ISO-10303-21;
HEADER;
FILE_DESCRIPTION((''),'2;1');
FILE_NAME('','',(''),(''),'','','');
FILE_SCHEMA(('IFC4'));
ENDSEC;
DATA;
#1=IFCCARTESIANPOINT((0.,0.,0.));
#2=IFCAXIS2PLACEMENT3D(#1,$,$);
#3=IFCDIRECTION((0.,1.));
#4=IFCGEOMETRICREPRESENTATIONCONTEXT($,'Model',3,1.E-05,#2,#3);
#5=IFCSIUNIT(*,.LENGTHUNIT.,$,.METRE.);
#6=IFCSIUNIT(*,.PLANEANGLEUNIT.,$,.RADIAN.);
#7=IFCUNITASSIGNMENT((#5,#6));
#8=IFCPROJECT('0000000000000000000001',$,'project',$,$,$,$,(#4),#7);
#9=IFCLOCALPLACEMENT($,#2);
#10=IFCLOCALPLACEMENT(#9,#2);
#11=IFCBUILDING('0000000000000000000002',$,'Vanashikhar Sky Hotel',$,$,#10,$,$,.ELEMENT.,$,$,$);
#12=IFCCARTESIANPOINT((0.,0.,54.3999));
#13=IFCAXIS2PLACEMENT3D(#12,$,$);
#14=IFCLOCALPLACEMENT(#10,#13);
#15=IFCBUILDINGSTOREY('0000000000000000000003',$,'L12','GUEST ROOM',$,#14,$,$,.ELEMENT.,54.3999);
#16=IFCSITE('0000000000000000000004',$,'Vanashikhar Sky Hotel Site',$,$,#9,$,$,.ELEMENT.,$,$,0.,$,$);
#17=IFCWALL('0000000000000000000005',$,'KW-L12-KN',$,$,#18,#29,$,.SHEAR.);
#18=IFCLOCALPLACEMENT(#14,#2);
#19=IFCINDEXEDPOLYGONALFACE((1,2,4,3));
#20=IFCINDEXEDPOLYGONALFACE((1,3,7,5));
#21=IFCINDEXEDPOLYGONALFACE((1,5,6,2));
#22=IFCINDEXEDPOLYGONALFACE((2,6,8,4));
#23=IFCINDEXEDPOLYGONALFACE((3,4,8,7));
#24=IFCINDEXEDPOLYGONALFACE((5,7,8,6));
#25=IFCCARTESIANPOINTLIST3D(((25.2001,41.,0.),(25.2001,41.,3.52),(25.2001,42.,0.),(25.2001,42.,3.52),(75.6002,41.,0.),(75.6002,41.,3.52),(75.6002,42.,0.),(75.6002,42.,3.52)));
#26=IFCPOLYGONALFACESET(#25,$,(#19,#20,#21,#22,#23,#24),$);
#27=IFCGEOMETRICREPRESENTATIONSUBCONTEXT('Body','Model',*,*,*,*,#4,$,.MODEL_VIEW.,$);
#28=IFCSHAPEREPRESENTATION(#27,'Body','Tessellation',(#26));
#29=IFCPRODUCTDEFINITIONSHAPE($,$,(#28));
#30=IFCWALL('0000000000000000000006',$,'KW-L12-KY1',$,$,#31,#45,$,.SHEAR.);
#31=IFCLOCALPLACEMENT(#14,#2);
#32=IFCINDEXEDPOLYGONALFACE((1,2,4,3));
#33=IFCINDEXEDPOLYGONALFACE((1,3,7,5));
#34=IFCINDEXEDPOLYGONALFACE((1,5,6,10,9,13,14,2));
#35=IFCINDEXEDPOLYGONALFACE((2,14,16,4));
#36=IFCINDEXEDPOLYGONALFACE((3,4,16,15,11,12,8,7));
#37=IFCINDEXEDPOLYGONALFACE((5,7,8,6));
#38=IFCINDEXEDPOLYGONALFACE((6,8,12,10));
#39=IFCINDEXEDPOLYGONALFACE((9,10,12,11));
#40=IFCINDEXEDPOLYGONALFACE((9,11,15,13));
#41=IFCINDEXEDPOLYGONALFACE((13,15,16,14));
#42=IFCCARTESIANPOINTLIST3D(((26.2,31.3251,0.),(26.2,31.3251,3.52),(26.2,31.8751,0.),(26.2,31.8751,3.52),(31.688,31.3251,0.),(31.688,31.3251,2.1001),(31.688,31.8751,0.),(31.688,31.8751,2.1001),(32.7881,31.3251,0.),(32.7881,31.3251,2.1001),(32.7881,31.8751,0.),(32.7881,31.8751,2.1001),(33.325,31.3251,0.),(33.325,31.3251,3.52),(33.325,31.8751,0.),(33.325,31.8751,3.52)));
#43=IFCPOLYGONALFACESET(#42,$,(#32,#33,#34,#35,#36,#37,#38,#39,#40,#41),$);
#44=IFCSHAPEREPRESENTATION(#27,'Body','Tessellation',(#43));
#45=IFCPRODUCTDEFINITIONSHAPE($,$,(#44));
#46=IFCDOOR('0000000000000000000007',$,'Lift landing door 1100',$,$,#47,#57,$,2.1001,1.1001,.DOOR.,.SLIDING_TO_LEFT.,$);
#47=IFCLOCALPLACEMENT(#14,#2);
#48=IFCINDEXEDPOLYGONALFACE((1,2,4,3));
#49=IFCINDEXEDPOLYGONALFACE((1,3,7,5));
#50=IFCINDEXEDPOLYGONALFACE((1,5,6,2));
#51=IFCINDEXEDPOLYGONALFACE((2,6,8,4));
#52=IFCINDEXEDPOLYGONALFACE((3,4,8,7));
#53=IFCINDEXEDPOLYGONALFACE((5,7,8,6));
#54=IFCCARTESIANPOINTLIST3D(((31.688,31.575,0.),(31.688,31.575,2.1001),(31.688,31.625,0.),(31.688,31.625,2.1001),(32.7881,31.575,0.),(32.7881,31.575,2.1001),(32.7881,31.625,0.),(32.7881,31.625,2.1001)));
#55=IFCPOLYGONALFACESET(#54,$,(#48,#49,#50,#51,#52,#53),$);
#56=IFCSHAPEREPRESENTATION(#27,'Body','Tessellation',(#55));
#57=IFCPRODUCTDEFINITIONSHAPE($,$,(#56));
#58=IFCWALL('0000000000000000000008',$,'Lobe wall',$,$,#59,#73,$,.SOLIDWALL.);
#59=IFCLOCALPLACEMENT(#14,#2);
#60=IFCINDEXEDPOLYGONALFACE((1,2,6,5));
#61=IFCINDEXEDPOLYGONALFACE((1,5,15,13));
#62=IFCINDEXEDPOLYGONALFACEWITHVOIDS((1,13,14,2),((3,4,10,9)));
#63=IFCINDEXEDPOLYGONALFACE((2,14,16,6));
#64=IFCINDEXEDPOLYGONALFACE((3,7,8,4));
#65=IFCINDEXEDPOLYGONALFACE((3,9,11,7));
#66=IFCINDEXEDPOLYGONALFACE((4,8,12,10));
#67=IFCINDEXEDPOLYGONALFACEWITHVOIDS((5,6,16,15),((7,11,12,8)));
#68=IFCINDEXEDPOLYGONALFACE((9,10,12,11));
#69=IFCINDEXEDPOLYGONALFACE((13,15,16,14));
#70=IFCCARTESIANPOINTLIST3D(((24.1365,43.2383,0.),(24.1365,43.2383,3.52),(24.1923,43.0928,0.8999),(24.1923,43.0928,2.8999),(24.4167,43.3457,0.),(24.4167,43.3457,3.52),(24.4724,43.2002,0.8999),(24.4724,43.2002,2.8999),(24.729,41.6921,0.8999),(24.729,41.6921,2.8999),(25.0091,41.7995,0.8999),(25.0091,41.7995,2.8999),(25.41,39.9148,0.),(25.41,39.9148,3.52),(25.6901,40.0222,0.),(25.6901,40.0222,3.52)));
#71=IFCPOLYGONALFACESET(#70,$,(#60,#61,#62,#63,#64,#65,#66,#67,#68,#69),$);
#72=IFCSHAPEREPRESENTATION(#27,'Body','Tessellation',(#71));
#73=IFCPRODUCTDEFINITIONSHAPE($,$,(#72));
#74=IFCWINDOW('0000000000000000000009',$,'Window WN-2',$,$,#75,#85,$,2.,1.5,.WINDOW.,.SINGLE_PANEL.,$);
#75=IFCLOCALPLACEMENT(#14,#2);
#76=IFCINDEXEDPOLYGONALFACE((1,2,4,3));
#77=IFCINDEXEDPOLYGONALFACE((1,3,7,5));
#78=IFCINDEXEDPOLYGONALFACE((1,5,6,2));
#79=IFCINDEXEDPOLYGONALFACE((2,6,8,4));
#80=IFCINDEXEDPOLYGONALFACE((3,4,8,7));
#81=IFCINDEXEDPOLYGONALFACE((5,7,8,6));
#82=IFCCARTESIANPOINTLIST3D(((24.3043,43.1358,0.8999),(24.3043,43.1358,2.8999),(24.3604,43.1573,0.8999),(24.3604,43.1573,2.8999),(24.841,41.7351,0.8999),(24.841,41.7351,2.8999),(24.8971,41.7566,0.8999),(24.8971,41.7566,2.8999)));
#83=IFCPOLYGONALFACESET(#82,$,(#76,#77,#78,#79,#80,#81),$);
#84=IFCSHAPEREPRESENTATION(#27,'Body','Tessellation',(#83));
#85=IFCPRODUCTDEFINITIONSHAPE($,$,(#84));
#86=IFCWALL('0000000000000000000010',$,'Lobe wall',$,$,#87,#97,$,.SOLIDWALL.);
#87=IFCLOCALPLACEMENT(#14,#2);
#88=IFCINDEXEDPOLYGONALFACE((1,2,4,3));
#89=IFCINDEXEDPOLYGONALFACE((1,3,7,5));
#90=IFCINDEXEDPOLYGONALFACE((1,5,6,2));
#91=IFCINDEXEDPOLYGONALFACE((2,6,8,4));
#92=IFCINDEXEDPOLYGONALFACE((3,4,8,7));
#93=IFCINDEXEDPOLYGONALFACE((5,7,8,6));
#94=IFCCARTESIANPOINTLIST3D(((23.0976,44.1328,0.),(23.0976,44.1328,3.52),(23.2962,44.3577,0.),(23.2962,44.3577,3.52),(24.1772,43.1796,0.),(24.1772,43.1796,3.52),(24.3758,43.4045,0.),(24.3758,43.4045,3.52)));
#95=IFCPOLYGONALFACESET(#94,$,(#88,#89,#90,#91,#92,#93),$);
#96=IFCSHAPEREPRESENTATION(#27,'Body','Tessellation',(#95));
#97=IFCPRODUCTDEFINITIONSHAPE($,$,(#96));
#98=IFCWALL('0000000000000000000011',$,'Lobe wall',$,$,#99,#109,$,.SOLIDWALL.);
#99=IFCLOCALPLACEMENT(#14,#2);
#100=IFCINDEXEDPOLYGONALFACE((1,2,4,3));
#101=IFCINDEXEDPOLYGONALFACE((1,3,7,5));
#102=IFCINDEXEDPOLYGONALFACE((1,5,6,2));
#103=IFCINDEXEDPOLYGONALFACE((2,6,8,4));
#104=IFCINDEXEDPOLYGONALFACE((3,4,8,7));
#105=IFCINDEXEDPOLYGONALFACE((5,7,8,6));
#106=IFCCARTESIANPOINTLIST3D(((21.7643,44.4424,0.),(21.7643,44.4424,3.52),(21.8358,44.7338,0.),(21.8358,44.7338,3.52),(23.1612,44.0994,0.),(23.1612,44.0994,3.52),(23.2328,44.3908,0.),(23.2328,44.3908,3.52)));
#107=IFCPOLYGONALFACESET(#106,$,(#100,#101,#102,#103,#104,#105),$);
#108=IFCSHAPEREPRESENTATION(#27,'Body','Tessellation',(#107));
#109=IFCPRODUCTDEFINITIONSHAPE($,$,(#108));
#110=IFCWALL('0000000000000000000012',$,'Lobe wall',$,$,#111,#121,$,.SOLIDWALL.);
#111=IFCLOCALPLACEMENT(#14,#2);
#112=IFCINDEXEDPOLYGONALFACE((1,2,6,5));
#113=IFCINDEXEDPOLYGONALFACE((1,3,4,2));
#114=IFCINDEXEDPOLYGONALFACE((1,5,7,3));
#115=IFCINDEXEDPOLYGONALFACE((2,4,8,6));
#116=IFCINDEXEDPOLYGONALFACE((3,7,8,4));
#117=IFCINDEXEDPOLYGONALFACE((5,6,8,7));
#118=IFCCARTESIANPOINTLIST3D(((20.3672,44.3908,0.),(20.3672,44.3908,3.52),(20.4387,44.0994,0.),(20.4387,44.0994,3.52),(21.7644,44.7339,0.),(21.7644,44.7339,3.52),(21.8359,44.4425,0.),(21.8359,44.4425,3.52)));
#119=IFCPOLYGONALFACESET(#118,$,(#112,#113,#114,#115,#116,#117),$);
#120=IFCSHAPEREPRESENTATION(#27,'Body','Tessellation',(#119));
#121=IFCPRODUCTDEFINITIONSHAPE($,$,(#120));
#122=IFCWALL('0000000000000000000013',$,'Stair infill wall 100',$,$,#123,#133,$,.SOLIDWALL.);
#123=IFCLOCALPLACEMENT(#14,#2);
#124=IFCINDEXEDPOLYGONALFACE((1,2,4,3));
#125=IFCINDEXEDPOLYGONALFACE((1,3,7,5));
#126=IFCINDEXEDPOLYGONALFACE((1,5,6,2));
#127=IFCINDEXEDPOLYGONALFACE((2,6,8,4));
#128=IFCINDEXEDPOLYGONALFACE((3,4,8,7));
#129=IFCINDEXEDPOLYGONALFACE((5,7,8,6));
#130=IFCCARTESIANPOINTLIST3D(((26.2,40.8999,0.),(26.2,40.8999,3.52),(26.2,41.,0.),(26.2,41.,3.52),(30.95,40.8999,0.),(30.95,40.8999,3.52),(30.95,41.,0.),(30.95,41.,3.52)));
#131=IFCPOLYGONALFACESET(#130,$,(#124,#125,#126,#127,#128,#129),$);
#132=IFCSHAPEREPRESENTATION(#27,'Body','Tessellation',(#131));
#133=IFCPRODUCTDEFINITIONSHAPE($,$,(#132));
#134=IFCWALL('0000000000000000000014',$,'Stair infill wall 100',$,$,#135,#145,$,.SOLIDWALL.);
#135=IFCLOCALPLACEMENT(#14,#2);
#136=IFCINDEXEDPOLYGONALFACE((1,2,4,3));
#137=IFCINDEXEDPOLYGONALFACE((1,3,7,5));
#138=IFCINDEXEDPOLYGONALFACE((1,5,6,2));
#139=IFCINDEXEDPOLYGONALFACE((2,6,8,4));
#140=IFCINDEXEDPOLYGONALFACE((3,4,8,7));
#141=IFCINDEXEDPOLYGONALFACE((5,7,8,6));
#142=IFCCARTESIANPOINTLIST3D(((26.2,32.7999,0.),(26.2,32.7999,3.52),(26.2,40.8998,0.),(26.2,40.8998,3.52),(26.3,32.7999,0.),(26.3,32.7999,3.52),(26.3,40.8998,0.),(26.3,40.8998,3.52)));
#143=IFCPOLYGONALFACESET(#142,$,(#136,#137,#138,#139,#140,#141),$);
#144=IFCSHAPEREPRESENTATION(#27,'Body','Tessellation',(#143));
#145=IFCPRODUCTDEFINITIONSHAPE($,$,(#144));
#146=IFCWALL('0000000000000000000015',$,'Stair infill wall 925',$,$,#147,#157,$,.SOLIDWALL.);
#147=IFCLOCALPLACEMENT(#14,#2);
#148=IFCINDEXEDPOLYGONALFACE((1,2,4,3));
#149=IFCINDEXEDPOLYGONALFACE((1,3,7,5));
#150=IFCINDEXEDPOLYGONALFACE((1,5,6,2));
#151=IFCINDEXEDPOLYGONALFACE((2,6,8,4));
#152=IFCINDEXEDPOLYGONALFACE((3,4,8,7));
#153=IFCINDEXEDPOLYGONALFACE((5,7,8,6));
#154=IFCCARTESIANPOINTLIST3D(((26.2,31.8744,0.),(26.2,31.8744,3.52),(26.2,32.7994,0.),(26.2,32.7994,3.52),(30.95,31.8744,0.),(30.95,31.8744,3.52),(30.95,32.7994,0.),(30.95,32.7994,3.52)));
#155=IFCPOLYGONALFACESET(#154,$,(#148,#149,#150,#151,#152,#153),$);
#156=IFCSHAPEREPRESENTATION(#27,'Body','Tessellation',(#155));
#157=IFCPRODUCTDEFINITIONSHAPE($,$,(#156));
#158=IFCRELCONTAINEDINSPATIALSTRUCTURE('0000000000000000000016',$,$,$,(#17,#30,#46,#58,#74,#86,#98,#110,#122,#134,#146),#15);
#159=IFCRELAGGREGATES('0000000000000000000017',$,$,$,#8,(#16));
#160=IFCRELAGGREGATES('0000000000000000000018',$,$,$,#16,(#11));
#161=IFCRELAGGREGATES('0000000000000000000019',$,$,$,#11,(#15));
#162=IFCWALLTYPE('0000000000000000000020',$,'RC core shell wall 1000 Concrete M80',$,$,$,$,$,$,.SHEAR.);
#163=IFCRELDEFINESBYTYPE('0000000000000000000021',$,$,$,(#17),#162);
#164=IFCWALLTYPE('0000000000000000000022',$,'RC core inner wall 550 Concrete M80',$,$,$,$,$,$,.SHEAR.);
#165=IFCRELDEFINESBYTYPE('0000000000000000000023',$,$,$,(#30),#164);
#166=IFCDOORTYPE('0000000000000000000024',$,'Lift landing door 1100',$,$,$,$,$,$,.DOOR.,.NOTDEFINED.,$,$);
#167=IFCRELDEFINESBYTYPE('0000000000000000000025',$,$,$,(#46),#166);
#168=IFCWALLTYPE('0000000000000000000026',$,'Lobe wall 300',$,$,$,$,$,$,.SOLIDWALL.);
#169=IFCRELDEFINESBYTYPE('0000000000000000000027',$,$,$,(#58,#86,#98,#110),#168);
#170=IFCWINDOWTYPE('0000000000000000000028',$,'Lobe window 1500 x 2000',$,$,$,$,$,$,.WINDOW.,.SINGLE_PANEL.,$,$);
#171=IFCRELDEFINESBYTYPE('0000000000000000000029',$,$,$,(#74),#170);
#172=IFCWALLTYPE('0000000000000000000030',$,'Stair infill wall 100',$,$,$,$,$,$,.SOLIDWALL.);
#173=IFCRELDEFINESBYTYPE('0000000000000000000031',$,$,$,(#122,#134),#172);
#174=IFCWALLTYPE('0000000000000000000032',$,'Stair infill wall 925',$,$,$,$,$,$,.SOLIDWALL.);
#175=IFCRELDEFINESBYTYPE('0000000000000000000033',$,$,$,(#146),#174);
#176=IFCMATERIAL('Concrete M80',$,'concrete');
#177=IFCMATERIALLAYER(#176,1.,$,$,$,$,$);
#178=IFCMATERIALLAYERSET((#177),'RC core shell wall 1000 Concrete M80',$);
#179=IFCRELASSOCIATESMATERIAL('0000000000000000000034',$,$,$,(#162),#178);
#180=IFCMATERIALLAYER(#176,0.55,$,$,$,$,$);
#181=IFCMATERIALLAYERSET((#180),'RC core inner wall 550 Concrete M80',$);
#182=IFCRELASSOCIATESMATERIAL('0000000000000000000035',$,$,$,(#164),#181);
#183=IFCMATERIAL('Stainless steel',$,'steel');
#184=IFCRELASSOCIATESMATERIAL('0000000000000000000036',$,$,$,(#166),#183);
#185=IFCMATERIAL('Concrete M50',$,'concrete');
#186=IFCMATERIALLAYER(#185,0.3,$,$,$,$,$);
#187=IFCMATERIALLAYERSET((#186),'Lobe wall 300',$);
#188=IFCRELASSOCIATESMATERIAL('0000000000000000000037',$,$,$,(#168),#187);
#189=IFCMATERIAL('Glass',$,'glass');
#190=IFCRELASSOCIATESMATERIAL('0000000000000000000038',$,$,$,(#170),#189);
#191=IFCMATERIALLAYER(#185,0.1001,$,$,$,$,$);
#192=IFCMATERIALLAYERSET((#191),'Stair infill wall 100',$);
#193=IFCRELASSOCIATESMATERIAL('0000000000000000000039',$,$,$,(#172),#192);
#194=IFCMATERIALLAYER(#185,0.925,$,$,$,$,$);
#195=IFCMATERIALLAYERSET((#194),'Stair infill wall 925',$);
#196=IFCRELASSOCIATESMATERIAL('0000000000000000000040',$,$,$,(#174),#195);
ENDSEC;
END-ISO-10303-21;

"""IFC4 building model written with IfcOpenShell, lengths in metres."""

from ifc_helpers import new_model, si_unit, direction, frame, frame_2d, origin, place, context, subcontext, project, spatial, rectangle, extrude, source, transform, mapped, material, layer, layer_set, type_object, element, fill, save


model = new_model("IFC4")

# Units and contexts
model_context = context("Model", 3, precision=1e-05, world=origin(), true_north=direction((0.0, 1.0)))
body_context = subcontext(model_context, "Body", "Model", "MODEL_VIEW")
ifc_project = project(units=[si_unit("LENGTHUNIT", "METRE"), si_unit("PLANEANGLEUNIT", "RADIAN")], contexts=[model_context])

# Site, building, storey
site_placement = place(None, origin())
site = spatial("IfcSite", under=ifc_project, at=site_placement, Name="Vanashikhar Sky Hotel Site", CompositionType="ELEMENT", RefElevation=0.0)
building_placement = place(site_placement, origin())
building = spatial("IfcBuilding", under=site, at=building_placement, Name="Vanashikhar Sky Hotel", CompositionType="ELEMENT")
storey_placement = place(building_placement, frame((0.0, 0.0, 54.3999)))
storey = spatial("IfcBuildingStorey", under=building, at=storey_placement, Name="L12", Description="GUEST ROOM", CompositionType="ELEMENT", Elevation=54.3999)

# Wall
ifc_material_1 = material(Name="Concrete M80", Category="concrete")
ifc_layer_1 = layer(ifc_material_1, 1.0)
ifc_layer_set_1 = layer_set([ifc_layer_1], Name="RC core shell wall 1000 Concrete M80")
wall_type_1 = type_object("IfcWallType", Name="RC core shell wall 1000 Concrete M80", PredefinedType="SHEAR", material=ifc_layer_set_1)
shared_shape_1 = source(origin(), body_context, "Body", "SweptSolid", [
    extrude(rectangle(XDim=50.4001, YDim=1.0, at=frame_2d((25.2002, 0.0))), origin(), (0.0, 0.0, 1.0), 3.52),
])
wall_1_placement = place(storey_placement, frame((25.2, 41.5, 0.0), z_axis=(0.0, 0.0, 1.0), x_axis=(1.0, 0.0, 0.0)))
element("IfcWall", 1, at=wall_1_placement, inside=storey, type_object=wall_type_1, Name="KW-L12-KN", PredefinedType="SHEAR", context=body_context, shape_type="MappedRepresentation", body=[
    mapped(shared_shape_1, transform((0.0, 0.0, 0.0), scale=1.0)),
])

# Wall, opening, door
ifc_layer_2 = layer(ifc_material_1, 0.55)
ifc_layer_set_2 = layer_set([ifc_layer_2], Name="RC core inner wall 550 Concrete M80")
wall_type_2 = type_object("IfcWallType", Name="RC core inner wall 550 Concrete M80", PredefinedType="SHEAR", material=ifc_layer_set_2)
shared_shape_2 = source(origin(), body_context, "Body", "SweptSolid", [
    extrude(rectangle(XDim=7.125, YDim=0.55, at=frame_2d((3.5625, 0.0))), origin(), (0.0, 0.0, 1.0), 3.52),
])
wall_2_placement = place(storey_placement, frame((26.2, 31.6001, 0.0), z_axis=(0.0, 0.0, 1.0), x_axis=(1.0, 0.0, 0.0)))
wall_2 = element("IfcWall", 2, at=wall_2_placement, inside=storey, type_object=wall_type_2, Name="KW-L12-KY1", PredefinedType="SHEAR", context=body_context, shape_type="MappedRepresentation", body=[
    mapped(shared_shape_2, transform((0.0, 0.0, 0.0), scale=1.0)),
])
shared_shape_3 = source(origin(), body_context, "Body", "SweptSolid", [
    extrude(rectangle(XDim=1.1001, YDim=2.1001, at=frame_2d((0.55, 1.05))), frame((0.0, 0.2852, 0.0), z_axis=(0.0, -1.0, 0.0), x_axis=(1.0, 0.0, 0.0)), (0.0, 0.0, 1.0), 0.5701),
])
opening_1_placement = place(wall_2_placement, frame((5.488, 0.0, 0.0)))
opening_1 = element("IfcOpeningElement", 3, at=opening_1_placement, cuts=wall_2, PredefinedType="OPENING", context=body_context, shape_type="MappedRepresentation", body=[
    mapped(shared_shape_3, transform((0.0, 0.0, 0.0), scale=1.0)),
])
ifc_material_2 = material(Name="Stainless steel", Category="steel")
door_type = type_object("IfcDoorType", Name="Lift landing door 1100", OperationType="NOTDEFINED", PredefinedType="DOOR", material=ifc_material_2)
shared_shape_4 = source(origin(), body_context, "Body", "SweptSolid", [
    extrude(rectangle(XDim=1.1001, YDim=2.1001, at=frame_2d((0.55, 1.05))), frame((0.0, 0.0249, 0.0), z_axis=(0.0, -1.0, 0.0), x_axis=(1.0, 0.0, 0.0)), (0.0, 0.0, 1.0), 0.05),
])
door_placement = place(opening_1_placement, origin())
door = element("IfcDoor", 4, at=door_placement, inside=storey, type_object=door_type, Name="Lift landing door 1100", OperationType="SLIDING_TO_LEFT", OverallHeight=2.1001, OverallWidth=1.1001, PredefinedType="DOOR", context=body_context, shape_type="MappedRepresentation", body=[
    mapped(shared_shape_4, transform((0.0, 0.0, 0.0), scale=1.0)),
])
fill(opening_1, door)

# Wall, opening, window
ifc_material_3 = material(Name="Concrete M50", Category="concrete")
ifc_layer_3 = layer(ifc_material_3, 0.3)
ifc_layer_set_3 = layer_set([ifc_layer_3], Name="Lobe wall 300")
wall_type_3 = type_object("IfcWallType", Name="Lobe wall 300", PredefinedType="SOLIDWALL", material=ifc_layer_set_3)
shared_shape_5 = source(origin(), body_context, "Body", "SweptSolid", [
    extrude(rectangle(XDim=3.5591, YDim=0.3, at=frame_2d((1.7795, 0.0))), origin(), (0.0, 0.0, 1.0), 3.52),
])
wall_3_placement = place(storey_placement, frame((25.55, 39.9685, 0.0), z_axis=(0.0, 0.0, 1.0), x_axis=(-0.357797, 0.933799, 0.0)))
wall_3 = element("IfcWall", 5, at=wall_3_placement, inside=storey, type_object=wall_type_3, Name="Lobe wall", PredefinedType="SOLIDWALL", context=body_context, shape_type="MappedRepresentation", body=[
    mapped(shared_shape_5, transform((0.0, 0.0, 0.0), scale=1.0)),
])
shared_shape_6 = source(origin(), body_context, "Body", "SweptSolid", [
    extrude(rectangle(XDim=1.5, YDim=2.0, at=frame_2d((0.75, 1.0))), frame((0.0, 0.1602, 0.0), z_axis=(0.0, -1.0, 0.0), x_axis=(1.0, 0.0, 0.0)), (0.0, 0.0, 1.0), 0.3201),
])
opening_2_placement = place(wall_3_placement, frame((1.9033, 0.0, 0.8999)))
opening_2 = element("IfcOpeningElement", 6, at=opening_2_placement, cuts=wall_3, PredefinedType="OPENING", context=body_context, shape_type="MappedRepresentation", body=[
    mapped(shared_shape_6, transform((0.0, 0.0, 0.0), scale=1.0)),
])
ifc_material_4 = material(Name="Glass", Category="glass")
window_type = type_object("IfcWindowType", Name="Lobe window 1500 x 2000", PartitioningType="SINGLE_PANEL", PredefinedType="WINDOW", material=ifc_material_4)
shared_shape_7 = source(origin(), body_context, "Body", "SweptSolid", [
    extrude(rectangle(XDim=1.5, YDim=2.0, at=frame_2d((0.75, 1.0))), frame((0.0, 0.03, 0.0), z_axis=(0.0, -1.0, 0.0), x_axis=(1.0, 0.0, 0.0)), (0.0, 0.0, 1.0), 0.0601),
])
window_placement = place(opening_2_placement, origin())
window = element("IfcWindow", 7, at=window_placement, inside=storey, type_object=window_type, Name="Window WN-2", OverallHeight=2.0, OverallWidth=1.5, PartitioningType="SINGLE_PANEL", PredefinedType="WINDOW", context=body_context, shape_type="MappedRepresentation", body=[
    mapped(shared_shape_7, transform((0.0, 0.0, 0.0), scale=1.0)),
])
fill(opening_2, window)

# Walls
shared_shape_8 = source(origin(), body_context, "Body", "SweptSolid", [
    extrude(rectangle(XDim=1.4402, YDim=0.3, at=frame_2d((0.7202, 0.0))), origin(), (0.0, 0.0, 1.0), 3.52),
])
wall_4_placement = place(storey_placement, frame((24.2766, 43.292, 0.0), z_axis=(0.0, 0.0, 1.0), x_axis=(-0.74965, 0.661835, 0.0)))
element("IfcWall", 8, at=wall_4_placement, inside=storey, type_object=wall_type_3, Name="Lobe wall", PredefinedType="SOLIDWALL", context=body_context, shape_type="MappedRepresentation", body=[
    mapped(shared_shape_8, transform((0.0, 0.0, 0.0), scale=1.0)),
])
shared_shape_9 = source(origin(), body_context, "Body", "SweptSolid", [
    extrude(rectangle(XDim=1.4385, YDim=0.3, at=frame_2d((0.7192, 0.0))), origin(), (0.0, 0.0, 1.0), 3.52),
])
wall_5_placement = place(storey_placement, frame((23.197, 44.2451, 0.0), z_axis=(0.0, 0.0, 1.0), x_axis=(-0.971152, 0.23846, 0.0)))
element("IfcWall", 9, at=wall_5_placement, inside=storey, type_object=wall_type_3, Name="Lobe wall", PredefinedType="SOLIDWALL", context=body_context, shape_type="MappedRepresentation", body=[
    mapped(shared_shape_9, transform((0.0, 0.0, 0.0), scale=1.0)),
])
shared_shape_10 = source(origin(), body_context, "Body", "SweptSolid", [
    extrude(rectangle(XDim=1.4387, YDim=0.3, at=frame_2d((0.7192, 0.0))), origin(), (0.0, 0.0, 1.0), 3.52),
])
wall_6_placement = place(storey_placement, frame((21.8, 44.5881, 0.0), z_axis=(0.0, 0.0, 1.0), x_axis=(-0.971162, -0.238421, 0.0)))
element("IfcWall", 10, at=wall_6_placement, inside=storey, type_object=wall_type_3, Name="Lobe wall", PredefinedType="SOLIDWALL", context=body_context, shape_type="MappedRepresentation", body=[
    mapped(shared_shape_10, transform((0.0, 0.0, 0.0), scale=1.0)),
])
ifc_layer_4 = layer(ifc_material_3, 0.1001)
ifc_layer_set_4 = layer_set([ifc_layer_4], Name="Stair infill wall 100")
wall_type_4 = type_object("IfcWallType", Name="Stair infill wall 100", PredefinedType="SOLIDWALL", material=ifc_layer_set_4)
shared_shape_11 = source(origin(), body_context, "Body", "SweptSolid", [
    extrude(rectangle(XDim=4.75, YDim=0.1001, at=frame_2d((2.375, 0.0))), origin(), (0.0, 0.0, 1.0), 3.52),
])
wall_7_placement = place(storey_placement, frame((26.2, 40.95, 0.0), z_axis=(0.0, 0.0, 1.0), x_axis=(1.0, 0.0, 0.0)))
element("IfcWall", 11, at=wall_7_placement, inside=storey, type_object=wall_type_4, Name="Stair infill wall 100", PredefinedType="SOLIDWALL", context=body_context, shape_type="MappedRepresentation", body=[
    mapped(shared_shape_11, transform((0.0, 0.0, 0.0), scale=1.0)),
])
shared_shape_12 = source(origin(), body_context, "Body", "SweptSolid", [
    extrude(rectangle(XDim=8.0999, YDim=0.1001, at=frame_2d((4.0498, 0.0))), origin(), (0.0, 0.0, 1.0), 3.52),
])
wall_8_placement = place(storey_placement, frame((26.25, 32.8, 0.0), z_axis=(0.0, 0.0, 1.0), x_axis=(0.0, 1.0, 0.0)))
element("IfcWall", 12, at=wall_8_placement, inside=storey, type_object=wall_type_4, Name="Stair infill wall 100", PredefinedType="SOLIDWALL", context=body_context, shape_type="MappedRepresentation", body=[
    mapped(shared_shape_12, transform((0.0, 0.0, 0.0), scale=1.0)),
])
ifc_layer_5 = layer(ifc_material_3, 0.925)
ifc_layer_set_5 = layer_set([ifc_layer_5], Name="Stair infill wall 925")
wall_type_5 = type_object("IfcWallType", Name="Stair infill wall 925", PredefinedType="SOLIDWALL", material=ifc_layer_set_5)
shared_shape_13 = source(origin(), body_context, "Body", "SweptSolid", [
    extrude(rectangle(XDim=4.75, YDim=0.925, at=frame_2d((2.375, 0.0))), origin(), (0.0, 0.0, 1.0), 3.52),
])
wall_9_placement = place(storey_placement, frame((26.2, 32.3369, 0.0), z_axis=(0.0, 0.0, 1.0), x_axis=(1.0, 0.0, 0.0)))
element("IfcWall", 13, at=wall_9_placement, inside=storey, type_object=wall_type_5, Name="Stair infill wall 925", PredefinedType="SOLIDWALL", context=body_context, shape_type="MappedRepresentation", body=[
    mapped(shared_shape_13, transform((0.0, 0.0, 0.0), scale=1.0)),
])

save(model, "model.ifc")
